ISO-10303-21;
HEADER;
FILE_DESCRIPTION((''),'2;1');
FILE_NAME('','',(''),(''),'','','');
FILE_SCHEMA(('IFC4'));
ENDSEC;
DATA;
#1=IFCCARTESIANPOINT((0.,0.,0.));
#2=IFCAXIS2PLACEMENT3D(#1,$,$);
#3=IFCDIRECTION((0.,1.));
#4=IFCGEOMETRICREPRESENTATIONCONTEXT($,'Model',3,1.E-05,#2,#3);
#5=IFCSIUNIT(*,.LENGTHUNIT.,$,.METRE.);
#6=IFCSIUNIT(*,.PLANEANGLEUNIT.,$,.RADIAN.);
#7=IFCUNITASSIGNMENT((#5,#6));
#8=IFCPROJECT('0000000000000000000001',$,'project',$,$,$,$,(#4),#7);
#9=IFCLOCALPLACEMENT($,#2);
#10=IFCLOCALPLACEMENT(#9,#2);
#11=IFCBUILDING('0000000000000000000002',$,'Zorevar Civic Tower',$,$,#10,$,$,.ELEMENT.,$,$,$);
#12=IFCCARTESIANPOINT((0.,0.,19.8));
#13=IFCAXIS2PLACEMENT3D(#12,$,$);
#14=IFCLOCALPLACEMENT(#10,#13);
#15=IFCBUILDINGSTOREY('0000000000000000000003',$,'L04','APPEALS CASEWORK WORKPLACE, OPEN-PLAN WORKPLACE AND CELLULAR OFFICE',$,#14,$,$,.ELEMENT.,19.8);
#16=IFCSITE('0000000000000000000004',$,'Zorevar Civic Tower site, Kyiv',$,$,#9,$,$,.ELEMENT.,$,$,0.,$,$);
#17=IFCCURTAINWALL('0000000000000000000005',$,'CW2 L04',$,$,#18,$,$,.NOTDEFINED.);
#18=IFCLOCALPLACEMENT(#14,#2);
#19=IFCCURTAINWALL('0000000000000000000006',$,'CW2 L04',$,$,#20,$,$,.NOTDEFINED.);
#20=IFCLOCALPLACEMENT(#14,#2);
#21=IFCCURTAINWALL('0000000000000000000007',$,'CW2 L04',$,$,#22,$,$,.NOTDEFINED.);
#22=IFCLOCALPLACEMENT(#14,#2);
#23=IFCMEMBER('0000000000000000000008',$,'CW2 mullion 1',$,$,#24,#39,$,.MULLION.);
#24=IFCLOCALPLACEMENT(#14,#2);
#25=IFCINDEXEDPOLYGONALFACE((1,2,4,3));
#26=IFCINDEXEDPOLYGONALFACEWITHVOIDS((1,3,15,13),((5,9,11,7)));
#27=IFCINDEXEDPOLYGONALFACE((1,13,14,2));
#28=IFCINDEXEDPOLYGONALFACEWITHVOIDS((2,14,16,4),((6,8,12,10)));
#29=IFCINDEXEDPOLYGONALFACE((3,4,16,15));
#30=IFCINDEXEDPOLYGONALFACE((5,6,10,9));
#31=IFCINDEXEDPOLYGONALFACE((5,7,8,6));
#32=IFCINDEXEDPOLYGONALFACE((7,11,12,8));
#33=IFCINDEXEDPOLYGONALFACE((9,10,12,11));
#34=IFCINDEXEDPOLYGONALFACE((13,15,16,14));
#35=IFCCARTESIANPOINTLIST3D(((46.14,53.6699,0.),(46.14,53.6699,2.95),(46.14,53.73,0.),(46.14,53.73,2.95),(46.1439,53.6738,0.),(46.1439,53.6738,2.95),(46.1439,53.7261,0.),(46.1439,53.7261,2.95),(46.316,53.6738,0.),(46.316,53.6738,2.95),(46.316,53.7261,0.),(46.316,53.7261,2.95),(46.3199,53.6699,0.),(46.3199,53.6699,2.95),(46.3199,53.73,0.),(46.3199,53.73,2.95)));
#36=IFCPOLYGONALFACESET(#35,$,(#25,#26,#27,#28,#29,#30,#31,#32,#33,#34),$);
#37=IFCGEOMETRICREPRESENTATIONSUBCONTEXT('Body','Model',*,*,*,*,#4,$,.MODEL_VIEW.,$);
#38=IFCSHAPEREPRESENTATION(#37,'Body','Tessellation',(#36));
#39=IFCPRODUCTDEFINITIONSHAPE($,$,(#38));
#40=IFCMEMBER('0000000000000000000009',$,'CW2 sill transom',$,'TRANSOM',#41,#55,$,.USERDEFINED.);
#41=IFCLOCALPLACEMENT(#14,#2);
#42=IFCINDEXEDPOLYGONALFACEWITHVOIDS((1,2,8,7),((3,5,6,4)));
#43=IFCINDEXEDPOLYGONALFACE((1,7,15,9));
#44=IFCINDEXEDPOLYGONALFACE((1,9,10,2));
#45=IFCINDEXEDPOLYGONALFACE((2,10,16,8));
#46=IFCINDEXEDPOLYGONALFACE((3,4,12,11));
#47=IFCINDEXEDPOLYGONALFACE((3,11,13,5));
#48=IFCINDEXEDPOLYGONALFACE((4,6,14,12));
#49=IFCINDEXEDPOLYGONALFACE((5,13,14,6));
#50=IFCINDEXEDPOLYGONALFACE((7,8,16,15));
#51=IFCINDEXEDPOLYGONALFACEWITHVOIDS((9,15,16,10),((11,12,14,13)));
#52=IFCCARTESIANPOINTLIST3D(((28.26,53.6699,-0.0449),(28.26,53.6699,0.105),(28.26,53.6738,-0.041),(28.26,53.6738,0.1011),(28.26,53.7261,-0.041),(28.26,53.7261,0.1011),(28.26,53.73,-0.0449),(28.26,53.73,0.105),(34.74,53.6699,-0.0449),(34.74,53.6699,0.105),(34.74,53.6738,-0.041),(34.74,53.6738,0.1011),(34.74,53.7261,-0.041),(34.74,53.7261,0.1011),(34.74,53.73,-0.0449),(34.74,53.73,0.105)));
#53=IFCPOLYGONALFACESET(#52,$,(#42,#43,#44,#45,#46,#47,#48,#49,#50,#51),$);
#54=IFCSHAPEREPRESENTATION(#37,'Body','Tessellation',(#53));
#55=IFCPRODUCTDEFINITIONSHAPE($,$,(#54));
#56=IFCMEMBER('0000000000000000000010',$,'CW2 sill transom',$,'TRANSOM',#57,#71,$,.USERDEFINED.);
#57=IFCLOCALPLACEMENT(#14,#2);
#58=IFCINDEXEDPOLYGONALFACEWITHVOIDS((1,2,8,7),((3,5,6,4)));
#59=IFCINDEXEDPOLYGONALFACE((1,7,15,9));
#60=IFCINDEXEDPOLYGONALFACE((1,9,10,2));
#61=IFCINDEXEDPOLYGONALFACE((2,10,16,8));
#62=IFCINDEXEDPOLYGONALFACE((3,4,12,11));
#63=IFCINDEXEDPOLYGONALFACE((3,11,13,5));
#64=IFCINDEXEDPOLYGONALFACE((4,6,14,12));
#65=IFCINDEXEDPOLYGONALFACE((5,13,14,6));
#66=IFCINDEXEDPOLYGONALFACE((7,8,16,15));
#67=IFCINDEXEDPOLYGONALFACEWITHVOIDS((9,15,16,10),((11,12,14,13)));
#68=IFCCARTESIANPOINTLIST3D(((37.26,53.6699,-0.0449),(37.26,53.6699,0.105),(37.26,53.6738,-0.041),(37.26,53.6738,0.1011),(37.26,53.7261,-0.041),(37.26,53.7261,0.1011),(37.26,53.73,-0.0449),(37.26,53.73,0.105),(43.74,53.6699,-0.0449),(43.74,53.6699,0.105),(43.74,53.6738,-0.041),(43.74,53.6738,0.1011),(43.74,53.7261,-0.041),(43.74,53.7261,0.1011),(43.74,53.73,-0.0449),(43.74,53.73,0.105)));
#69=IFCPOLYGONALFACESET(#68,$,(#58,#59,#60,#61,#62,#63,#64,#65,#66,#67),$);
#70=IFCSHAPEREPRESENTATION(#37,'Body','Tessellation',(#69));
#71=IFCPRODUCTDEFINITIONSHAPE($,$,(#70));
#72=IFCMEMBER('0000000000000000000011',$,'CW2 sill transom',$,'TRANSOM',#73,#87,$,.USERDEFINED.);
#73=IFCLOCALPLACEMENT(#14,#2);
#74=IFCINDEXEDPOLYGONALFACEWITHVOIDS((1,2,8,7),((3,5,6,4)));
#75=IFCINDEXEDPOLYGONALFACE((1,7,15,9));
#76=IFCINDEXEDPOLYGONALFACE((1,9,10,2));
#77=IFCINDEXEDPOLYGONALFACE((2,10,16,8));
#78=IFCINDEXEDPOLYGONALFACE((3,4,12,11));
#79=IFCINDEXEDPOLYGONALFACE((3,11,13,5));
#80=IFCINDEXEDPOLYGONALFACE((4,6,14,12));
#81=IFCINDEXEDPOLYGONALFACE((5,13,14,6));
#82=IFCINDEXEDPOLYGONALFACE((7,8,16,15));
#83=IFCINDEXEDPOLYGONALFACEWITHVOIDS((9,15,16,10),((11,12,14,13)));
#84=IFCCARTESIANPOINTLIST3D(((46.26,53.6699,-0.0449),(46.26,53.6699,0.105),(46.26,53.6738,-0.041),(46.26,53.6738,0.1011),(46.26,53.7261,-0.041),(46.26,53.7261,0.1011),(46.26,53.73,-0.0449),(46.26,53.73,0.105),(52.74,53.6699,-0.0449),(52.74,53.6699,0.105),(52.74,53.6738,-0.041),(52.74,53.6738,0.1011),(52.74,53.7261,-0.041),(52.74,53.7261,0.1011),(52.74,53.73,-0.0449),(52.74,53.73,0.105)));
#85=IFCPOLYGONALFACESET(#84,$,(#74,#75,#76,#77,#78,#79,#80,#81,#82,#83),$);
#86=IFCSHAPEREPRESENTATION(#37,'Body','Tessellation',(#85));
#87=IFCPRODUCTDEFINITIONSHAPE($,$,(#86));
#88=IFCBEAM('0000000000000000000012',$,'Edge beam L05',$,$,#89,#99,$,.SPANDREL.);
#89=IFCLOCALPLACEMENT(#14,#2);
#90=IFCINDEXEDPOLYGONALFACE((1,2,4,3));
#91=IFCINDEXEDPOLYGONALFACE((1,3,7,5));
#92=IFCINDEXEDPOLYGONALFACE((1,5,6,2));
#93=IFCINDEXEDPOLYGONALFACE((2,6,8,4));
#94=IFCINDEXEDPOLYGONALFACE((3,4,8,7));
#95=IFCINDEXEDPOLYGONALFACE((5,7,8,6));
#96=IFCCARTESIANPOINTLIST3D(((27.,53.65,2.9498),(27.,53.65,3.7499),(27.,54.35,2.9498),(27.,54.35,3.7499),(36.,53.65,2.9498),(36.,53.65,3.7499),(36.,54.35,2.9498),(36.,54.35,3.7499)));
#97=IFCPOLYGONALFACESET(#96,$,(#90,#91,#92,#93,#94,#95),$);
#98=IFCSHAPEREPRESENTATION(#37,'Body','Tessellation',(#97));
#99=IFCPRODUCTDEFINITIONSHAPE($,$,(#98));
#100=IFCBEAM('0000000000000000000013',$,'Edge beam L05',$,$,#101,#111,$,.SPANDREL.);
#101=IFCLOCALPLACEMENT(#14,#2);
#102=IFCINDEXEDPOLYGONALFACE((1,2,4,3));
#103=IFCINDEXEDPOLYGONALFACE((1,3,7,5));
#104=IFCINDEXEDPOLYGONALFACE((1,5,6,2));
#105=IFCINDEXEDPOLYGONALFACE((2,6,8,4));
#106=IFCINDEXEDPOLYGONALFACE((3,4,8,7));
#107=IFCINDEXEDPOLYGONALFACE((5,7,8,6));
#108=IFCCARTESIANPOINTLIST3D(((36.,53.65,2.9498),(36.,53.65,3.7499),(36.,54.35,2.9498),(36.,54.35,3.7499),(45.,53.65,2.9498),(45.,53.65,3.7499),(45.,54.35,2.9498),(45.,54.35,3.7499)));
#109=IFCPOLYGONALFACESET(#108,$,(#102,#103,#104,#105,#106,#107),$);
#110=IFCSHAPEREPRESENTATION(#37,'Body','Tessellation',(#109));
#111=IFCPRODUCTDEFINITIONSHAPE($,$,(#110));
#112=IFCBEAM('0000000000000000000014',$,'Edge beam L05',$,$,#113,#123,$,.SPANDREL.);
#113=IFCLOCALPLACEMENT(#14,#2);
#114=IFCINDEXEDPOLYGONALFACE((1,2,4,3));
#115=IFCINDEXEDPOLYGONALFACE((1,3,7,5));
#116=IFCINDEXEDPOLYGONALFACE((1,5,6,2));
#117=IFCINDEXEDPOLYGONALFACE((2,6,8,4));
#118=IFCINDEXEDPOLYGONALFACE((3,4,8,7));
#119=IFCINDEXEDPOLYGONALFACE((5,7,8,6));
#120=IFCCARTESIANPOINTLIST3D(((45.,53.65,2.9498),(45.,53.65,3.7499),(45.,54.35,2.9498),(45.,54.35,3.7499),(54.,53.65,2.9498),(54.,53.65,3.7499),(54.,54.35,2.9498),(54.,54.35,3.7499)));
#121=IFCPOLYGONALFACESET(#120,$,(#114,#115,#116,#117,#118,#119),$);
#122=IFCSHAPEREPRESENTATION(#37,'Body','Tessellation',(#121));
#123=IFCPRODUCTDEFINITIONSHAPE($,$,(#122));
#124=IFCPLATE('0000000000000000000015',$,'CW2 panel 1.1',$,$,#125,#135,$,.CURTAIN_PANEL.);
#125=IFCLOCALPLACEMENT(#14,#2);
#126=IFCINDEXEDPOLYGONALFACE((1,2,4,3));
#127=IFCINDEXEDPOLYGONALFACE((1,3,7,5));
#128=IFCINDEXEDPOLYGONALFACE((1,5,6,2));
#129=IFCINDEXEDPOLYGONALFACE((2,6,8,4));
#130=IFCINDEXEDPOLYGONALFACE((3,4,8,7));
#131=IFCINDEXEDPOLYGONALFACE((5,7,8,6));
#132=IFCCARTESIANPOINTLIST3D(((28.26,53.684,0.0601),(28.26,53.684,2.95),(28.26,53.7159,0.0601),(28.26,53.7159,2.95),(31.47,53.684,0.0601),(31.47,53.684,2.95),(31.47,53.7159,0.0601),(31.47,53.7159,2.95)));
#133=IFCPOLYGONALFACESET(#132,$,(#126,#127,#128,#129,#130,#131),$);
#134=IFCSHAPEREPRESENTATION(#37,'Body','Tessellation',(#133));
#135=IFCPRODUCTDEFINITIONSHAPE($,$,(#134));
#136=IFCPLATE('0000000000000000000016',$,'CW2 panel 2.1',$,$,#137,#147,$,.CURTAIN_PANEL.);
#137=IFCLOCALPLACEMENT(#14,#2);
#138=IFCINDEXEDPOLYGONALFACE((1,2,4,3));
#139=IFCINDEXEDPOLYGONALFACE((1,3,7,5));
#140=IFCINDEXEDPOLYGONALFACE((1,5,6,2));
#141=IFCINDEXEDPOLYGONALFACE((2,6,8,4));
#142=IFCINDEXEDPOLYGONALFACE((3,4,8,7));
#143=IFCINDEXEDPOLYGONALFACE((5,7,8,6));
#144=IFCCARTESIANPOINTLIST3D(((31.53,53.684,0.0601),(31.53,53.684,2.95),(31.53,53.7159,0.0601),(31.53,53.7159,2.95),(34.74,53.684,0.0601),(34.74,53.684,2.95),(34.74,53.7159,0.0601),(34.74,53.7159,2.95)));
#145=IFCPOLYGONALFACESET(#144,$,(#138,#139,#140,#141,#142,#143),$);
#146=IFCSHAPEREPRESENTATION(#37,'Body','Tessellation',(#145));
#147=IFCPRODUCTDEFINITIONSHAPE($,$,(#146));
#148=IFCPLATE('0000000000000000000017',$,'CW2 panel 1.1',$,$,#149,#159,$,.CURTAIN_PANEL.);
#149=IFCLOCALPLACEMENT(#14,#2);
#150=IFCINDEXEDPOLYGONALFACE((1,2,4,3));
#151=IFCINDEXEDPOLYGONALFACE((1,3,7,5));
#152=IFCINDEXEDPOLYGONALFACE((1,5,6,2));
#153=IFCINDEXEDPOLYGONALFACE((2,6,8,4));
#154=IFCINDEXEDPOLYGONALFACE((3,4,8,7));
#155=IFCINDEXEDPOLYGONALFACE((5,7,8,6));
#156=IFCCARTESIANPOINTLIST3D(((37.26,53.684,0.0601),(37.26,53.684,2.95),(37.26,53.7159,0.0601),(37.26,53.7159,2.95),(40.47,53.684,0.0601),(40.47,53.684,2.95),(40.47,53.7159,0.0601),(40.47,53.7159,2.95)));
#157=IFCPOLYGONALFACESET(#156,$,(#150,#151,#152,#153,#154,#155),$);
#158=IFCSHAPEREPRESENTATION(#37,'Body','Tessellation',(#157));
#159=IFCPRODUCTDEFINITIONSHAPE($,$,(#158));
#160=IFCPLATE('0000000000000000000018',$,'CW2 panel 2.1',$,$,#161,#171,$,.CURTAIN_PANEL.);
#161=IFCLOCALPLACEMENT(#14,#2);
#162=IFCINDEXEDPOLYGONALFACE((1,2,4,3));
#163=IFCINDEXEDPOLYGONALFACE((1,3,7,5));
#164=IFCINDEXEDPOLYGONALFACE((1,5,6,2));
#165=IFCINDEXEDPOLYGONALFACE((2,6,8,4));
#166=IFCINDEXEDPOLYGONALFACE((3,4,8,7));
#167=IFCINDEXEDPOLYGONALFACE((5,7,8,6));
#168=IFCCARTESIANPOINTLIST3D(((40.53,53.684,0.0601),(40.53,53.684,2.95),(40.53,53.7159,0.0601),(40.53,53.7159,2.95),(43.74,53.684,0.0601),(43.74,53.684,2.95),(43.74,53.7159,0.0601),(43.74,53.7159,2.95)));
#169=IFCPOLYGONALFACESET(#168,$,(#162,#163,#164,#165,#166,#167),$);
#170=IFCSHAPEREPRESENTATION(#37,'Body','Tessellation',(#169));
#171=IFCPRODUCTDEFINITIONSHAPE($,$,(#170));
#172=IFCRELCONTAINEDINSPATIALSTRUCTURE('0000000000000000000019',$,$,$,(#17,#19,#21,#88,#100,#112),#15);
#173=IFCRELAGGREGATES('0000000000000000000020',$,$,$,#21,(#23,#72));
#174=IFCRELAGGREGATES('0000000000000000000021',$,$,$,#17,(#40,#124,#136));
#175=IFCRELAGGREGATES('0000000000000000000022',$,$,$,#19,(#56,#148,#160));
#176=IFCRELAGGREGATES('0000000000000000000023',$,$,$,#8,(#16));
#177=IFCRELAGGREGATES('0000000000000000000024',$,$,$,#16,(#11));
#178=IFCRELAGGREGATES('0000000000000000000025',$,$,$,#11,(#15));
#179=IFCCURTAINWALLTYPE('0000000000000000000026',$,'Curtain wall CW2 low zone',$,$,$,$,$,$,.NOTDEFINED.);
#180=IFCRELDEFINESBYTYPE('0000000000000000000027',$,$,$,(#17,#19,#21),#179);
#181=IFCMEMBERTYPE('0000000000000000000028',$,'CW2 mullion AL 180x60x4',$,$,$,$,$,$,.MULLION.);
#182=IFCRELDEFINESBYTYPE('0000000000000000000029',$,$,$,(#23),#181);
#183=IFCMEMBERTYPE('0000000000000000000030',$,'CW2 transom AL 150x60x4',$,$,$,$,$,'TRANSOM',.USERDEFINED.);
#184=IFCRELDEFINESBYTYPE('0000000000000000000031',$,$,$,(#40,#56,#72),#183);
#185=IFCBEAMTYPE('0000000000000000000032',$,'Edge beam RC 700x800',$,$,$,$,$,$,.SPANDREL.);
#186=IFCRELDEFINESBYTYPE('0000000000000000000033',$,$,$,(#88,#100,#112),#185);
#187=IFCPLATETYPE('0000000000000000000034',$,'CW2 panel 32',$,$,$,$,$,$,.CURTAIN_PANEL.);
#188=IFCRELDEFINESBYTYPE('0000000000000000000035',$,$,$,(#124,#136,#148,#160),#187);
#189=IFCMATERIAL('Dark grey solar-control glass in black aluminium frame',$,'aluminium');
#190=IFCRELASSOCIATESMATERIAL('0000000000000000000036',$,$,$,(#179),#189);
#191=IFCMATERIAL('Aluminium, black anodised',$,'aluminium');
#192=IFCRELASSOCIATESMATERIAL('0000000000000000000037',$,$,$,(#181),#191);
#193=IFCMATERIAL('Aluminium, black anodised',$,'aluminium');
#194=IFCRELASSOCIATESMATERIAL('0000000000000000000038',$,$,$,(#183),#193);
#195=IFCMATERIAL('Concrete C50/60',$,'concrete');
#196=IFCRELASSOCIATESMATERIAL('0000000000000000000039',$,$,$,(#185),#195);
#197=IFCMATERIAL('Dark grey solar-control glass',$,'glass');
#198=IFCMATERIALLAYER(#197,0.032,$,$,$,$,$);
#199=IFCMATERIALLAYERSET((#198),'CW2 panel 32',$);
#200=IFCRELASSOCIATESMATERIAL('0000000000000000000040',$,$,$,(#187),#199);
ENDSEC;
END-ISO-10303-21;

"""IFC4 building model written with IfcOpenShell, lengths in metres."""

from ifc_helpers import new_model, si_unit, direction, frame, origin, origin_2d, place, context, subcontext, project, spatial, rectangle, hollow_rectangle, extrude, material, layer, layer_set, material_profile, profile_set, type_object, element, aggregate, save


model = new_model("IFC4")

# Units and contexts
model_context = context("Model", 3, precision=1e-05, world=origin(), true_north=direction((0.0, 1.0)))
body_context = subcontext(model_context, "Body", "Model", "MODEL_VIEW")
ifc_project = project(units=[si_unit("LENGTHUNIT", "METRE"), si_unit("PLANEANGLEUNIT", "RADIAN")], contexts=[model_context])

# Site, building, storey
site_placement = place(None, origin())
site = spatial("IfcSite", under=ifc_project, at=site_placement, Name="Zorevar Civic Tower site, Kyiv", CompositionType="ELEMENT", RefElevation=0.0)
building_placement = place(site_placement, origin())
building = spatial("IfcBuilding", under=site, at=building_placement, Name="Zorevar Civic Tower", CompositionType="ELEMENT")
storey_placement = place(building_placement, frame((0.0, 0.0, 19.8)))
storey = spatial("IfcBuildingStorey", under=building, at=storey_placement, Name="L04", Description="APPEALS CASEWORK WORKPLACE, OPEN-PLAN WORKPLACE AND CELLULAR OFFICE", CompositionType="ELEMENT", Elevation=19.8)

# Curtain walls
ifc_material_1 = material(Name="Dark grey solar-control glass in black aluminium frame", Category="aluminium")
curtain_wall_type = type_object("IfcCurtainWallType", Name="Curtain wall CW2 low zone", PredefinedType="NOTDEFINED", material=ifc_material_1)
curtain_wall_1_placement = place(storey_placement, origin())
curtain_wall_1 = element("IfcCurtainWall", 1, at=curtain_wall_1_placement, inside=storey, type_object=curtain_wall_type, Name="CW2 L04", PredefinedType="NOTDEFINED")
ifc_material_2 = material(Name="Aluminium, black anodised", Category="aluminium")
ifc_material_profile_1 = material_profile(ifc_material_2, hollow_rectangle(XDim=0.0601, YDim=0.1799, WallThickness=0.0039, at=origin_2d()), Name="AL 180x60x4")
ifc_profile_set_1 = profile_set([ifc_material_profile_1], Name="Aluminium, black anodised")
member_type_1 = type_object("IfcMemberType", Name="CW2 mullion AL 180x60x4", PredefinedType="MULLION", material=ifc_profile_set_1)
curtain_wall_2_placement = place(storey_placement, origin())
curtain_wall_2 = element("IfcCurtainWall", 2, at=curtain_wall_2_placement, inside=storey, type_object=curtain_wall_type, Name="CW2 L04", PredefinedType="NOTDEFINED")

# Curtain wall, member
curtain_wall_3_placement = place(storey_placement, origin())
curtain_wall_3 = element("IfcCurtainWall", 3, at=curtain_wall_3_placement, inside=storey, type_object=curtain_wall_type, Name="CW2 L04", PredefinedType="NOTDEFINED")
member_1_placement = place(storey_placement, frame((46.23, 53.7, 0.0), z_axis=(0.0, 0.0, 1.0), x_axis=(0.0, 1.0, 0.0)))
member_1 = element("IfcMember", 4, at=member_1_placement, type_object=member_type_1, Name="CW2 mullion 1", PredefinedType="MULLION", context=body_context, shape_type="SweptSolid", body=[
    extrude(hollow_rectangle(XDim=0.0601, YDim=0.1799, WallThickness=0.0039, at=origin_2d()), origin(), (0.0, 0.0, 1.0), 2.95),
])

# Members
ifc_material_3 = material(Name="Aluminium, black anodised", Category="aluminium")
ifc_material_profile_2 = material_profile(ifc_material_3, hollow_rectangle(XDim=0.0601, YDim=0.1499, WallThickness=0.0039, at=origin_2d()), Name="AL 150x60x4")
ifc_profile_set_2 = profile_set([ifc_material_profile_2], Name="Aluminium, black anodised")
member_type_2 = type_object("IfcMemberType", Name="CW2 transom AL 150x60x4", ElementType="TRANSOM", PredefinedType="USERDEFINED", material=ifc_profile_set_2)
member_2_placement = place(storey_placement, frame((28.26, 53.7, 0.03), z_axis=(1.0, 0.0, 0.0), x_axis=(0.0, 1.0, 0.0)))
member_2 = element("IfcMember", 5, at=member_2_placement, type_object=member_type_2, Name="CW2 sill transom", ObjectType="TRANSOM", PredefinedType="USERDEFINED", context=body_context, shape_type="SweptSolid", body=[
    extrude(hollow_rectangle(XDim=0.0601, YDim=0.1499, WallThickness=0.0039, at=origin_2d()), origin(), (0.0, 0.0, 1.0), 6.48),
])
member_3_placement = place(storey_placement, frame((37.26, 53.7, 0.03), z_axis=(1.0, 0.0, 0.0), x_axis=(0.0, 1.0, 0.0)))
member_3 = element("IfcMember", 6, at=member_3_placement, type_object=member_type_2, Name="CW2 sill transom", ObjectType="TRANSOM", PredefinedType="USERDEFINED", context=body_context, shape_type="SweptSolid", body=[
    extrude(hollow_rectangle(XDim=0.0601, YDim=0.1499, WallThickness=0.0039, at=origin_2d()), origin(), (0.0, 0.0, 1.0), 6.48),
])
member_4_placement = place(storey_placement, frame((46.26, 53.7, 0.03), z_axis=(1.0, 0.0, 0.0), x_axis=(0.0, 1.0, 0.0)))
member_4 = element("IfcMember", 7, at=member_4_placement, type_object=member_type_2, Name="CW2 sill transom", ObjectType="TRANSOM", PredefinedType="USERDEFINED", context=body_context, shape_type="SweptSolid", body=[
    extrude(hollow_rectangle(XDim=0.0601, YDim=0.1499, WallThickness=0.0039, at=origin_2d()), origin(), (0.0, 0.0, 1.0), 6.48),
])
aggregate(curtain_wall_3, [member_1, member_4])

# Beams
ifc_material_4 = material(Name="Concrete C50/60", Category="concrete")
ifc_material_profile_3 = material_profile(ifc_material_4, rectangle(XDim=0.7, YDim=0.8, at=origin_2d()), Name="RC 700x800")
ifc_profile_set_3 = profile_set([ifc_material_profile_3], Name="Concrete C50/60")
beam_type_1 = type_object("IfcBeamType", Name="Edge beam RC 700x800", PredefinedType="SPANDREL", material=ifc_profile_set_3)
for number, where, z_axis, x_axis, name in (
    (8, (27.0, 54.0, 3.3499), (1.0, 0.0, 0.0), (0.0, 1.0, 0.0), "Edge beam L05"),
    (9, (36.0, 54.0, 3.3499), (1.0, 0.0, 0.0), (0.0, 1.0, 0.0), "Edge beam L05"),
    (10, (45.0, 54.0, 3.3499), (1.0, 0.0, 0.0), (0.0, 1.0, 0.0), "Edge beam L05"),
):
    element("IfcBeam", number, at=place(storey_placement, frame(where, z_axis=z_axis, x_axis=x_axis)), inside=storey, type_object=beam_type_1, Name=name, PredefinedType="SPANDREL", context=body_context, shape_type="SweptSolid", body=[
        extrude(rectangle(XDim=0.7, YDim=0.8, at=origin_2d()), origin(), (0.0, 0.0, 1.0), 9.0),
    ])

# Plates
ifc_material_5 = material(Name="Dark grey solar-control glass", Category="glass")
ifc_layer_1 = layer(ifc_material_5, 0.032)
ifc_layer_set_1 = layer_set([ifc_layer_1], Name="CW2 panel 32")
plate_type = type_object("IfcPlateType", Name="CW2 panel 32", PredefinedType="CURTAIN_PANEL", material=ifc_layer_set_1)
plate_1_placement = place(storey_placement, frame((29.865, 53.7, 0.0601), z_axis=(0.0, 0.0, 1.0), x_axis=(1.0, 0.0, 0.0)))
plate_1 = element("IfcPlate", 11, at=plate_1_placement, type_object=plate_type, Name="CW2 panel 1.1", PredefinedType="CURTAIN_PANEL", context=body_context, shape_type="SweptSolid", body=[
    extrude(rectangle(XDim=3.21, YDim=0.032, at=origin_2d()), origin(), (0.0, 0.0, 1.0), 2.8899),
])
plate_2_placement = place(storey_placement, frame((33.135, 53.7, 0.0601), z_axis=(0.0, 0.0, 1.0), x_axis=(1.0, 0.0, 0.0)))
plate_2 = element("IfcPlate", 12, at=plate_2_placement, type_object=plate_type, Name="CW2 panel 2.1", PredefinedType="CURTAIN_PANEL", context=body_context, shape_type="SweptSolid", body=[
    extrude(rectangle(XDim=3.21, YDim=0.032, at=origin_2d()), origin(), (0.0, 0.0, 1.0), 2.8899),
])
aggregate(curtain_wall_1, [member_2, plate_1, plate_2])
plate_3_placement = place(storey_placement, frame((38.865, 53.7, 0.0601), z_axis=(0.0, 0.0, 1.0), x_axis=(1.0, 0.0, 0.0)))
plate_3 = element("IfcPlate", 13, at=plate_3_placement, type_object=plate_type, Name="CW2 panel 1.1", PredefinedType="CURTAIN_PANEL", context=body_context, shape_type="SweptSolid", body=[
    extrude(rectangle(XDim=3.21, YDim=0.032, at=origin_2d()), origin(), (0.0, 0.0, 1.0), 2.8899),
])
plate_4_placement = place(storey_placement, frame((42.135, 53.7, 0.0601), z_axis=(0.0, 0.0, 1.0), x_axis=(1.0, 0.0, 0.0)))
plate_4 = element("IfcPlate", 14, at=plate_4_placement, type_object=plate_type, Name="CW2 panel 2.1", PredefinedType="CURTAIN_PANEL", context=body_context, shape_type="SweptSolid", body=[
    extrude(rectangle(XDim=3.21, YDim=0.032, at=origin_2d()), origin(), (0.0, 0.0, 1.0), 2.8899),
])
aggregate(curtain_wall_2, [member_3, plate_3, plate_4])

save(model, "model.ifc")
